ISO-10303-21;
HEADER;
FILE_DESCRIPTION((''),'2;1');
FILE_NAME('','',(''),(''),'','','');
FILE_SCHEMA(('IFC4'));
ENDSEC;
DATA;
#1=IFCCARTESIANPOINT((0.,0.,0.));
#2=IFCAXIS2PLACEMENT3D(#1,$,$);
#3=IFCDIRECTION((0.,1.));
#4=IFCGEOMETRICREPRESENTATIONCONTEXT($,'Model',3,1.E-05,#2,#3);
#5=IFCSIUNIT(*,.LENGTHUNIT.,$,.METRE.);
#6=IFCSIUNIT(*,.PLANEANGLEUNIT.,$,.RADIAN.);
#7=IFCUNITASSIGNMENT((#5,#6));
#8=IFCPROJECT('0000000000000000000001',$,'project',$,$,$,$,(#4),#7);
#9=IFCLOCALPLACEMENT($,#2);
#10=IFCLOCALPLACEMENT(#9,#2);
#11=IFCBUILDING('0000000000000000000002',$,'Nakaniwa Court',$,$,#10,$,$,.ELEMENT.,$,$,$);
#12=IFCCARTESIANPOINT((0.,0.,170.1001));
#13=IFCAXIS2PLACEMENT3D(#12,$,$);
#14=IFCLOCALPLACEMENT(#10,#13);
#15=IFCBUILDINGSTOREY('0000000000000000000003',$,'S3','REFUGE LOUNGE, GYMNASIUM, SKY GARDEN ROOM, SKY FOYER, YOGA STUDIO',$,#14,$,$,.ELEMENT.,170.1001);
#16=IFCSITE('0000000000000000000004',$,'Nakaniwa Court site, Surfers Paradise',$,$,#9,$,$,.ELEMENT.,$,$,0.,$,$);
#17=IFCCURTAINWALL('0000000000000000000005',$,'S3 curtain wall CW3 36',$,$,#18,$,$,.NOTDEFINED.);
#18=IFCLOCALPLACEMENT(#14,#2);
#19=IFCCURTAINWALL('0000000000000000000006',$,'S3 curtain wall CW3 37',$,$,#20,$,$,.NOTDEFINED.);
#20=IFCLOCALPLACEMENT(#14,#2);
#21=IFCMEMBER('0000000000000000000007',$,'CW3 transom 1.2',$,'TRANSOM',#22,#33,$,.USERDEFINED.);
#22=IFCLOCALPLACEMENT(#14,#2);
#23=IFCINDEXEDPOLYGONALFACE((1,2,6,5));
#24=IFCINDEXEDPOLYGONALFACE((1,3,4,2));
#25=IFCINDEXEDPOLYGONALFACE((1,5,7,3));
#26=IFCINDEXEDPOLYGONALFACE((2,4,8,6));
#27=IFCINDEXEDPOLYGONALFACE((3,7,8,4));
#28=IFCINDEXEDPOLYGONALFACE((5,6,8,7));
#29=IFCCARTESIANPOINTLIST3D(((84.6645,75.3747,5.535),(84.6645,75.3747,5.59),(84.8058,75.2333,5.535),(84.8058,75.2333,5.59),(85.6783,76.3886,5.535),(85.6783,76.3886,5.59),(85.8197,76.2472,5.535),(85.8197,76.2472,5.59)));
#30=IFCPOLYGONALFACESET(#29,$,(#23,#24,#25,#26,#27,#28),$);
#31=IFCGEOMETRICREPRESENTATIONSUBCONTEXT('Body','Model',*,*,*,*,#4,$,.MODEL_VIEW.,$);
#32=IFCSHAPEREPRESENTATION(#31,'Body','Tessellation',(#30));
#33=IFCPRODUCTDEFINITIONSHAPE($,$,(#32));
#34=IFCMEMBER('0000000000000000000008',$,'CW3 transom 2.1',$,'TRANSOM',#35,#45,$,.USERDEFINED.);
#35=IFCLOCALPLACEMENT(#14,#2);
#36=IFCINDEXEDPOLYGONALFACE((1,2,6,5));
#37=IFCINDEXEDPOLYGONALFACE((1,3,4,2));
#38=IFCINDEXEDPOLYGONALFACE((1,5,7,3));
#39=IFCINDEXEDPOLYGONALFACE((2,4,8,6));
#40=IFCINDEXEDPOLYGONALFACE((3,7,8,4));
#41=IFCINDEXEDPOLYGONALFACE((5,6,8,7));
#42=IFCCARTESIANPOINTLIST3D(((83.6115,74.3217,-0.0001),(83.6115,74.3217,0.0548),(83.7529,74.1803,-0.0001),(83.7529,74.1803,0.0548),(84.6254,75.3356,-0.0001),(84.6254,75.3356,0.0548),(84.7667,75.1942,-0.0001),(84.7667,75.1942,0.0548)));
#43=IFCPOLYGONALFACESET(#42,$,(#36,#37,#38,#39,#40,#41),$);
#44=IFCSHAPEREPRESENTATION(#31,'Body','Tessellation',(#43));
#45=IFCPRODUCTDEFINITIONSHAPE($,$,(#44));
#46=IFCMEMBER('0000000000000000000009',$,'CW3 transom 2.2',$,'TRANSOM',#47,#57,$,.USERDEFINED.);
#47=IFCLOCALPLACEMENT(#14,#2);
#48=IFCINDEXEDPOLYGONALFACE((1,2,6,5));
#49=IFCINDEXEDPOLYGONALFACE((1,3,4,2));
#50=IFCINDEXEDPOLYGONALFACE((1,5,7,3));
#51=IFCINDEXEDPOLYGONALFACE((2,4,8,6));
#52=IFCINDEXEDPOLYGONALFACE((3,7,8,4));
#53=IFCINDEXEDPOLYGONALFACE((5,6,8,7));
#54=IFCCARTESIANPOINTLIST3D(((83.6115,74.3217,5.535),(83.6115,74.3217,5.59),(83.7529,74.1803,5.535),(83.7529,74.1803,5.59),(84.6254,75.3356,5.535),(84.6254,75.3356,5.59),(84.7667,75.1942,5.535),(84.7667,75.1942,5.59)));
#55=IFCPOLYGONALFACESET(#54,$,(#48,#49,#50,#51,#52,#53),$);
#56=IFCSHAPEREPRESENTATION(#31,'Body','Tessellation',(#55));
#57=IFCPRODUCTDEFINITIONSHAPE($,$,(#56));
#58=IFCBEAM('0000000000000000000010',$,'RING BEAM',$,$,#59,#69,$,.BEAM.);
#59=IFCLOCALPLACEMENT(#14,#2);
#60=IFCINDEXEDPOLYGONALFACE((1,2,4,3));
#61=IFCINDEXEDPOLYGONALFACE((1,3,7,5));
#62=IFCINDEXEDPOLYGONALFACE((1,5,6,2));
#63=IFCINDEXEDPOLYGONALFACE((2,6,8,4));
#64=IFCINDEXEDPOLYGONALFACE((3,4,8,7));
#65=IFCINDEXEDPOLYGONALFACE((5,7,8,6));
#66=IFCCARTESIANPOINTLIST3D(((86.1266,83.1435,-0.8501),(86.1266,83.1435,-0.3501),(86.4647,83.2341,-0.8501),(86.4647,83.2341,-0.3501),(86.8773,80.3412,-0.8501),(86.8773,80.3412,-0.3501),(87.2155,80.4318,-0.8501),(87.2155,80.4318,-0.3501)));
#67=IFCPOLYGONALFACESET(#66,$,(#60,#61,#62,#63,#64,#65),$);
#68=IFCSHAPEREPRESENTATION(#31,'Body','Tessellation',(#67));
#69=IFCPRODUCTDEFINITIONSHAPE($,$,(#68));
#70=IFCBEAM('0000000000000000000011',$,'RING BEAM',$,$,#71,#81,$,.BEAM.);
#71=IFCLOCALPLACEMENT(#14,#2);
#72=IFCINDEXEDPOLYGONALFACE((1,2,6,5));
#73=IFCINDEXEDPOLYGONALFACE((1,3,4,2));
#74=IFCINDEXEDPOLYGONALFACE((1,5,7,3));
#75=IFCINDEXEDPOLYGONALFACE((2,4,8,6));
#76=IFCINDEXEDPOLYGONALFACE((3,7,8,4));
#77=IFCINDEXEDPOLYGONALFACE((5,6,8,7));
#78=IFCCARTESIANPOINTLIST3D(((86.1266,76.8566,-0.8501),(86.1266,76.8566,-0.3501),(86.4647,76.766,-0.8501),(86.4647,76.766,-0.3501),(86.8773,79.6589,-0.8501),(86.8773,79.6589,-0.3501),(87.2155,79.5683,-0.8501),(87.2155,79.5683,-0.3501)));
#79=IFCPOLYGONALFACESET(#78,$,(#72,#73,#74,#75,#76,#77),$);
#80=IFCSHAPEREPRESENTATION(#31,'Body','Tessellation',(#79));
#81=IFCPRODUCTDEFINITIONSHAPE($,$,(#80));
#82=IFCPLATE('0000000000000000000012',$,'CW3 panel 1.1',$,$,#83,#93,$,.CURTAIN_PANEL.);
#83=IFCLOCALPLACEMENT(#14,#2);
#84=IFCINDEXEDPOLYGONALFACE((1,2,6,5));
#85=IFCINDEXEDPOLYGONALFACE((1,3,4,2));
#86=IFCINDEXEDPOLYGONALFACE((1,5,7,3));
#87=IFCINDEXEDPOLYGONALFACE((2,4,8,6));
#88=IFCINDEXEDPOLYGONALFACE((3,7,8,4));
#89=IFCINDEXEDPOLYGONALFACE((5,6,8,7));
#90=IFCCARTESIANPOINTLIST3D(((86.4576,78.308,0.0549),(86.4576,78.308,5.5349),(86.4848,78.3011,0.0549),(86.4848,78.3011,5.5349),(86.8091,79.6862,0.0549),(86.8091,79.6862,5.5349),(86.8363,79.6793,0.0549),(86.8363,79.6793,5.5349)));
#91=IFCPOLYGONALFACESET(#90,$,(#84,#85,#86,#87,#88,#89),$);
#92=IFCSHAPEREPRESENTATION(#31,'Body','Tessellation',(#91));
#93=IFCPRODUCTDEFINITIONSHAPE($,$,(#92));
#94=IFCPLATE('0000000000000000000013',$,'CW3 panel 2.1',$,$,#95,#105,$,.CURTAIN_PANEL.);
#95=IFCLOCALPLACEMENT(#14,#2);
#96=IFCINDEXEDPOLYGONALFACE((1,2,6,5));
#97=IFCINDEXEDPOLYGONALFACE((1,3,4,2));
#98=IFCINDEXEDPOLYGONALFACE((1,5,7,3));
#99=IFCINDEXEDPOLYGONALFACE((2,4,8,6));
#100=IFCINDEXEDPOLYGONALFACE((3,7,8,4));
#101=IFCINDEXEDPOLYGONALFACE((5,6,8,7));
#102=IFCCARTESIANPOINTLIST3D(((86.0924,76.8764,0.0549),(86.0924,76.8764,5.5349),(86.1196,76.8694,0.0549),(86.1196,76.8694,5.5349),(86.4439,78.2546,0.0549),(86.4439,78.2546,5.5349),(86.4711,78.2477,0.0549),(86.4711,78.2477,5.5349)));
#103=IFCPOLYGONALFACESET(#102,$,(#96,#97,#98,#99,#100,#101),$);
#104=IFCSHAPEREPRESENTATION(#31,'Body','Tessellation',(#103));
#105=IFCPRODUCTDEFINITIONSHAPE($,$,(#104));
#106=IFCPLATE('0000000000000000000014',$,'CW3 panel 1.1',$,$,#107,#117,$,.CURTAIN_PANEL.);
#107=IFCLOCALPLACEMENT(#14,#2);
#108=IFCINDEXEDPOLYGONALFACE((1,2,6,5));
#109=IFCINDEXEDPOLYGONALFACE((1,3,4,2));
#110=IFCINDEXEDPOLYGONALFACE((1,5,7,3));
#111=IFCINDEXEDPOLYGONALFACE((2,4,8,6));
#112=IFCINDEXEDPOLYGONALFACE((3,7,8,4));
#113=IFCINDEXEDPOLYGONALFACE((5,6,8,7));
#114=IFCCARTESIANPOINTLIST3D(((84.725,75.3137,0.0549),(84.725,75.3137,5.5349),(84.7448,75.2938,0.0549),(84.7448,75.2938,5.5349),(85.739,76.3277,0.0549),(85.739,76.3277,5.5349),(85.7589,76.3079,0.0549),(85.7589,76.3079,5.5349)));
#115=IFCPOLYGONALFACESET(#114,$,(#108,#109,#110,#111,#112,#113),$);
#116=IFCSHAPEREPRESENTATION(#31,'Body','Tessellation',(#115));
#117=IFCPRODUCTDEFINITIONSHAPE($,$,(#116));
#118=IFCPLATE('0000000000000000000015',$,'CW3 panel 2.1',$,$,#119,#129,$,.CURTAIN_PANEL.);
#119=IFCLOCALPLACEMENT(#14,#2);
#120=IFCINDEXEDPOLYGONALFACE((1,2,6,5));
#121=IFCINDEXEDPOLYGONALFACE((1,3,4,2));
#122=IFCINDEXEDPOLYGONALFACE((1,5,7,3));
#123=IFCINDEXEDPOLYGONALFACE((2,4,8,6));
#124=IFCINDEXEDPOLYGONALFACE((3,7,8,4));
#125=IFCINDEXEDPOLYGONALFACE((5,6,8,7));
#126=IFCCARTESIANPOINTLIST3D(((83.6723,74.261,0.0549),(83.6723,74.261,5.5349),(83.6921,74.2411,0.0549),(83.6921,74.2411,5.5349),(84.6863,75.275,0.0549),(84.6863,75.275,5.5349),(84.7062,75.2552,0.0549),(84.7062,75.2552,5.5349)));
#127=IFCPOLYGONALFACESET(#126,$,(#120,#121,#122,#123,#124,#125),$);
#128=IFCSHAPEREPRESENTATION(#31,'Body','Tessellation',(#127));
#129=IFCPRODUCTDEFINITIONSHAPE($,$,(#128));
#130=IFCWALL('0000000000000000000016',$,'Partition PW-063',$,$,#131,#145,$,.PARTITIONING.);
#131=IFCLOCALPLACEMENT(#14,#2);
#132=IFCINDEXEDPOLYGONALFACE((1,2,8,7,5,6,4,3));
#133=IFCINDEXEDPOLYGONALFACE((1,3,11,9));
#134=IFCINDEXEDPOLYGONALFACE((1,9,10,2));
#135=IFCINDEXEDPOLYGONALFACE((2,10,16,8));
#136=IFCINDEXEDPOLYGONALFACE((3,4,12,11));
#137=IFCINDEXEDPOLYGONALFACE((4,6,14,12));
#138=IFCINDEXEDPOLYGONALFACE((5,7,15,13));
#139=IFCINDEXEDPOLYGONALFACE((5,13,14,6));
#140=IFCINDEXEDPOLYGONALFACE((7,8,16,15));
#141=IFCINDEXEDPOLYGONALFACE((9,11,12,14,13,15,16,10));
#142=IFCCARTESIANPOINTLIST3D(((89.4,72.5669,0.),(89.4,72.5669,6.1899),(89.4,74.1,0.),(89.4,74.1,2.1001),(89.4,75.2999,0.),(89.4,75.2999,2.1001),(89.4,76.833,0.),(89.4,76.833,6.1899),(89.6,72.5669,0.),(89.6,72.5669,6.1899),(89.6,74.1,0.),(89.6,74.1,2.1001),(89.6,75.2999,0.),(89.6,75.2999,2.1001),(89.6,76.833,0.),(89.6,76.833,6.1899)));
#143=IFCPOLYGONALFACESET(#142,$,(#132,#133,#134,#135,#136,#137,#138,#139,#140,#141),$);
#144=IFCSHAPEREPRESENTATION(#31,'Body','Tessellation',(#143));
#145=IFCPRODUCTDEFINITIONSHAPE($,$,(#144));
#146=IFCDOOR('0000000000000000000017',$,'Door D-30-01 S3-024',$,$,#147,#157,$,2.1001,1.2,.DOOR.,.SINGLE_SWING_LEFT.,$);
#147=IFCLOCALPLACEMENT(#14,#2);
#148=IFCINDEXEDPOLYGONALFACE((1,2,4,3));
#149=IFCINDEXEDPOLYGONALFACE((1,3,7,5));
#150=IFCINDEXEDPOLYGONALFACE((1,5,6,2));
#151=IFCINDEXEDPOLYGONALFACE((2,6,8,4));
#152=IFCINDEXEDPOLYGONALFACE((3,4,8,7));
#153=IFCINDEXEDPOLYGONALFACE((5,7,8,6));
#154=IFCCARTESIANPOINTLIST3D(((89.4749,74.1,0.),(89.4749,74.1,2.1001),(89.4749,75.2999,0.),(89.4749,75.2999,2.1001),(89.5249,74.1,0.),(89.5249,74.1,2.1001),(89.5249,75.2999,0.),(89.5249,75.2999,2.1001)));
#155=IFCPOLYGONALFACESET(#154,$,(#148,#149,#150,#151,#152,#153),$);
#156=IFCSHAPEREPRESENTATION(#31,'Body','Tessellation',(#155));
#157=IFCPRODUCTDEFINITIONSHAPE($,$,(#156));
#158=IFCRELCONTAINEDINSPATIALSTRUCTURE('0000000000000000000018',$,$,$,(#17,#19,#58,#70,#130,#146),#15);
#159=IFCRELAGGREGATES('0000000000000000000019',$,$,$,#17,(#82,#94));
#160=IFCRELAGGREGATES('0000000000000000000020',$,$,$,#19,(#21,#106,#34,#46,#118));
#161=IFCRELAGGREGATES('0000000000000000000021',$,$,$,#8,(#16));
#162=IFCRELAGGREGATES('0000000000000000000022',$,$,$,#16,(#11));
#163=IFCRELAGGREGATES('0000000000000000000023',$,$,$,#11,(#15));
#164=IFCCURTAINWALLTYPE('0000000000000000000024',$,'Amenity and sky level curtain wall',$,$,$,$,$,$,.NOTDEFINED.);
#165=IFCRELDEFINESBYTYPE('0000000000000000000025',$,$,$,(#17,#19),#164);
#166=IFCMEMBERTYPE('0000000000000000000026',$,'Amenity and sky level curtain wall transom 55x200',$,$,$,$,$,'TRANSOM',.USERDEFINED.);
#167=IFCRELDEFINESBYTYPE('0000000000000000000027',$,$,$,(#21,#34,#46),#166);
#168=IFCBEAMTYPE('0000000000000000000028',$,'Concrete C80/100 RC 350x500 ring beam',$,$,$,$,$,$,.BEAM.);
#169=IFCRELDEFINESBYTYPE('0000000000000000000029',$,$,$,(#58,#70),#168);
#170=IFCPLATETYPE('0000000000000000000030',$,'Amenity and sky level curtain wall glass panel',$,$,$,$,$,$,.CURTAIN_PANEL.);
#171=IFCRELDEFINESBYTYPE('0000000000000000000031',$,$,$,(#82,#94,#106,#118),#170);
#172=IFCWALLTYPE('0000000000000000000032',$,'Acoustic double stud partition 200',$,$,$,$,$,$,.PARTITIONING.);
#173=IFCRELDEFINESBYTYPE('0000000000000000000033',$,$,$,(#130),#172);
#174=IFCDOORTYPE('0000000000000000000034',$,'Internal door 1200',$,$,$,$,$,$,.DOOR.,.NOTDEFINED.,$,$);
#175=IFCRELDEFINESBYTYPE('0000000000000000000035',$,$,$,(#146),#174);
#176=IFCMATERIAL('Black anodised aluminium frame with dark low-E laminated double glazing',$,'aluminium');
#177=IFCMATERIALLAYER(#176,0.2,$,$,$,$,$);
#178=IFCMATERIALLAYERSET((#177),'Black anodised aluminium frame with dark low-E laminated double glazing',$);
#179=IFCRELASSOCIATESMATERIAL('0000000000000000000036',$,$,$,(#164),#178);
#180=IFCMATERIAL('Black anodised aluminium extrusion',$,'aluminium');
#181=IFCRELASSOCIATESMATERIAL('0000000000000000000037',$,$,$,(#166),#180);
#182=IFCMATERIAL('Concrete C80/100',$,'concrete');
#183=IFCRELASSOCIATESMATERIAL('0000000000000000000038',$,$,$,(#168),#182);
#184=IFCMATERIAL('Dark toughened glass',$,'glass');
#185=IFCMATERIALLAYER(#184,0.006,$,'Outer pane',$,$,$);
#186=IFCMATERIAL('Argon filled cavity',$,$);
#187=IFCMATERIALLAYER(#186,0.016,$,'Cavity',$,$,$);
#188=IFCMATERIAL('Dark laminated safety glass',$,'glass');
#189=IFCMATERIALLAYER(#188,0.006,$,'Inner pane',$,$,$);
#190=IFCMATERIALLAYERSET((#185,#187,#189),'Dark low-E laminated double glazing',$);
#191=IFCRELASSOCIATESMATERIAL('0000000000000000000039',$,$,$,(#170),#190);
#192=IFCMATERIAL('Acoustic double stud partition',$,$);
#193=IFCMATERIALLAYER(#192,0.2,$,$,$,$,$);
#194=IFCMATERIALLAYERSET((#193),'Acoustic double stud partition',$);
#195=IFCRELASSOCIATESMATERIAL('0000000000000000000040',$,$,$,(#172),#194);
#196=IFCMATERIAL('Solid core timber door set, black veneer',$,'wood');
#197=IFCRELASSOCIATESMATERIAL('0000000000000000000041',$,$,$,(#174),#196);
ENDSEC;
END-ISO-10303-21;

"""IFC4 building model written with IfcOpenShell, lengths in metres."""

from ifc_helpers import new_model, si_unit, direction, frame, frame_2d, origin, origin_2d, place, context, subcontext, project, spatial, rectangle, extrude, material, layer, layer_set, material_profile, profile_set, type_object, element, fill, aggregate, save


model = new_model("IFC4")

# Units and contexts
model_context = context("Model", 3, precision=1e-05, world=origin(), true_north=direction((0.0, 1.0)))
body_context = subcontext(model_context, "Body", "Model", "MODEL_VIEW")
ifc_project = project(units=[si_unit("LENGTHUNIT", "METRE"), si_unit("PLANEANGLEUNIT", "RADIAN")], contexts=[model_context])

# Site, building, storey
site_placement = place(None, origin())
site = spatial("IfcSite", under=ifc_project, at=site_placement, Name="Nakaniwa Court site, Surfers Paradise", CompositionType="ELEMENT", RefElevation=0.0)
building_placement = place(site_placement, origin())
building = spatial("IfcBuilding", under=site, at=building_placement, Name="Nakaniwa Court", CompositionType="ELEMENT")
storey_placement = place(building_placement, frame((0.0, 0.0, 170.1001)))
storey = spatial("IfcBuildingStorey", under=building, at=storey_placement, Name="S3", Description="REFUGE LOUNGE, GYMNASIUM, SKY GARDEN ROOM, SKY FOYER, YOGA STUDIO", CompositionType="ELEMENT", Elevation=170.1001)

# Shared definitions
ifc_material_1 = material(Name="Concrete C80/100", Category="concrete")

# Curtain walls
ifc_material_2 = material(Name="Black anodised aluminium frame with dark low-E laminated double glazing", Category="aluminium")
ifc_layer_1 = layer(ifc_material_2, 0.2)
ifc_layer_set_1 = layer_set([ifc_layer_1], Name="Black anodised aluminium frame with dark low-E laminated double glazing")
curtain_wall_type = type_object("IfcCurtainWallType", Name="Amenity and sky level curtain wall", PredefinedType="NOTDEFINED", material=ifc_layer_set_1)
curtain_wall_1_placement = place(storey_placement, origin())
curtain_wall_1 = element("IfcCurtainWall", 1, at=curtain_wall_1_placement, inside=storey, type_object=curtain_wall_type, Name="S3 curtain wall CW3 36", PredefinedType="NOTDEFINED")
ifc_material_3 = material(Name="Black anodised aluminium extrusion", Category="aluminium")
curtain_wall_2_placement = place(storey_placement, origin())
curtain_wall_2 = element("IfcCurtainWall", 2, at=curtain_wall_2_placement, inside=storey, type_object=curtain_wall_type, Name="S3 curtain wall CW3 37", PredefinedType="NOTDEFINED")

# Members
ifc_material_profile_1 = material_profile(ifc_material_3, rectangle(XDim=0.2, YDim=0.0549, at=origin_2d()), Name="Amenity and sky level curtain wall transom 55x200")
ifc_profile_set_1 = profile_set([ifc_material_profile_1], Name="Black anodised aluminium extrusion")
member_type_1 = type_object("IfcMemberType", Name="Amenity and sky level curtain wall transom 55x200", ElementType="TRANSOM", PredefinedType="USERDEFINED", material=ifc_profile_set_1)
member_1_placement = place(storey_placement, frame((85.749, 76.3179, 5.5625), z_axis=(-0.707107, -0.707107, 0.0), x_axis=(0.707107, -0.707107, 0.0)))
member_1 = element("IfcMember", 3, at=member_1_placement, type_object=member_type_1, Name="CW3 transom 1.2", ObjectType="TRANSOM", PredefinedType="USERDEFINED", context=body_context, shape_type="SweptSolid", body=[
    extrude(rectangle(XDim=0.2, YDim=0.0549, at=origin_2d()), origin(), (0.0, 0.0, 1.0), 1.4338),
])
member_2_placement = place(storey_placement, frame((84.696, 75.2649, 0.0273), z_axis=(-0.707107, -0.707107, 0.0), x_axis=(0.707107, -0.707107, 0.0)))
member_2 = element("IfcMember", 4, at=member_2_placement, type_object=member_type_1, Name="CW3 transom 2.1", ObjectType="TRANSOM", PredefinedType="USERDEFINED", context=body_context, shape_type="SweptSolid", body=[
    extrude(rectangle(XDim=0.2, YDim=0.0549, at=origin_2d()), origin(), (0.0, 0.0, 1.0), 1.4338),
])
member_3_placement = place(storey_placement, frame((84.696, 75.2649, 5.5625), z_axis=(-0.707107, -0.707107, 0.0), x_axis=(0.707107, -0.707107, 0.0)))
member_3 = element("IfcMember", 5, at=member_3_placement, type_object=member_type_1, Name="CW3 transom 2.2", ObjectType="TRANSOM", PredefinedType="USERDEFINED", context=body_context, shape_type="SweptSolid", body=[
    extrude(rectangle(XDim=0.2, YDim=0.0549, at=origin_2d()), origin(), (0.0, 0.0, 1.0), 1.4338),
])

# Beams
ifc_material_profile_2 = material_profile(ifc_material_1, rectangle(XDim=0.3501, YDim=0.5, at=origin_2d()), Name="Concrete C80/100 RC 350x500 ring beam")
ifc_profile_set_2 = profile_set([ifc_material_profile_2], Name="Concrete C80/100")
beam_type = type_object("IfcBeamType", Name="Concrete C80/100 RC 350x500 ring beam", PredefinedType="BEAM", material=ifc_profile_set_2)
for number, where, z_axis, x_axis, name in (
    (6, (87.0464, 80.3865, -0.6001), (-0.258778, 0.965937, 0.0), (-0.965937, -0.258778, 0.0), "RING BEAM"),
    (7, (86.2957, 76.8113, -0.6001), (0.258778, 0.965937, 0.0), (-0.965937, 0.258778, 0.0), "RING BEAM"),
):
    element("IfcBeam", number, at=place(storey_placement, frame(where, z_axis=z_axis, x_axis=x_axis)), inside=storey, type_object=beam_type, Name=name, PredefinedType="BEAM", context=body_context, shape_type="SweptSolid", body=[
        extrude(rectangle(XDim=0.3501, YDim=0.5, at=origin_2d()), origin(), (0.0, 0.0, 1.0), 2.9011),
    ])

# Plates
ifc_material_4 = material(Name="Dark toughened glass", Category="glass")
ifc_layer_2 = layer(ifc_material_4, 0.006, Name="Outer pane")
ifc_material_5 = material(Name="Argon filled cavity")
ifc_layer_3 = layer(ifc_material_5, 0.016, Name="Cavity")
ifc_material_6 = material(Name="Dark laminated safety glass", Category="glass")
ifc_layer_4 = layer(ifc_material_6, 0.006, Name="Inner pane")
ifc_layer_set_2 = layer_set([ifc_layer_2, ifc_layer_3, ifc_layer_4], Name="Dark low-E laminated double glazing")
plate_type = type_object("IfcPlateType", Name="Amenity and sky level curtain wall glass panel", PredefinedType="CURTAIN_PANEL", material=ifc_layer_set_2)
plate_1_placement = place(storey_placement, frame((86.647, 78.9937, 0.0549), z_axis=(0.0, 0.0, 1.0), x_axis=(-0.247114, -0.968986, 0.0)))
plate_1 = element("IfcPlate", 8, at=plate_1_placement, type_object=plate_type, Name="CW3 panel 1.1", PredefinedType="CURTAIN_PANEL", context=body_context, shape_type="SweptSolid", body=[
    extrude(rectangle(XDim=1.4224, YDim=0.0281, at=origin_2d()), origin(), (0.0, 0.0, 1.0), 5.48),
])
plate_2_placement = place(storey_placement, frame((86.2817, 77.562, 0.0549), z_axis=(0.0, 0.0, 1.0), x_axis=(-0.247114, -0.968986, 0.0)))
plate_2 = element("IfcPlate", 9, at=plate_2_placement, type_object=plate_type, Name="CW3 panel 2.1", PredefinedType="CURTAIN_PANEL", context=body_context, shape_type="SweptSolid", body=[
    extrude(rectangle(XDim=1.4224, YDim=0.0281, at=origin_2d()), origin(), (0.0, 0.0, 1.0), 5.48),
])
aggregate(curtain_wall_1, [plate_1, plate_2])
plate_3_placement = place(storey_placement, frame((85.2419, 75.8108, 0.0549), z_axis=(0.0, 0.0, 1.0), x_axis=(-0.707107, -0.707107, 0.0)))
plate_3 = element("IfcPlate", 10, at=plate_3_placement, type_object=plate_type, Name="CW3 panel 1.1", PredefinedType="CURTAIN_PANEL", context=body_context, shape_type="SweptSolid", body=[
    extrude(rectangle(XDim=1.4341, YDim=0.0281, at=origin_2d()), origin(), (0.0, 0.0, 1.0), 5.48),
])
plate_4_placement = place(storey_placement, frame((84.1892, 74.7581, 0.0549), z_axis=(0.0, 0.0, 1.0), x_axis=(-0.707107, -0.707107, 0.0)))
plate_4 = element("IfcPlate", 11, at=plate_4_placement, type_object=plate_type, Name="CW3 panel 2.1", PredefinedType="CURTAIN_PANEL", context=body_context, shape_type="SweptSolid", body=[
    extrude(rectangle(XDim=1.4341, YDim=0.0281, at=origin_2d()), origin(), (0.0, 0.0, 1.0), 5.48),
])
aggregate(curtain_wall_2, [member_1, plate_3, member_2, member_3, plate_4])

# Wall, opening, door
ifc_material_7 = material(Name="Acoustic double stud partition")
ifc_layer_5 = layer(ifc_material_7, 0.2)
ifc_layer_set_3 = layer_set([ifc_layer_5], Name="Acoustic double stud partition")
wall_type = type_object("IfcWallType", Name="Acoustic double stud partition 200", PredefinedType="PARTITIONING", material=ifc_layer_set_3)
wall_placement = place(storey_placement, frame((89.5, 76.833, 0.0), z_axis=(0.0, 0.0, 1.0), x_axis=(0.0, -1.0, 0.0)))
wall = element("IfcWall", 12, at=wall_placement, inside=storey, type_object=wall_type, Name="Partition PW-063", PredefinedType="PARTITIONING", context=body_context, shape_type="SweptSolid", body=[
    extrude(rectangle(XDim=4.2661, YDim=0.2, at=frame_2d((2.1331, 0.0))), origin(), (0.0, 0.0, 1.0), 6.1899),
])
opening_placement = place(wall_placement, frame((1.533, 0.0, 0.0)))
opening = element("IfcOpeningElement", 13, at=opening_placement, cuts=wall, PredefinedType="OPENING", context=body_context, shape_type="SweptSolid", body=[
    extrude(rectangle(XDim=1.2, YDim=2.1001, at=frame_2d((0.6001, 1.05))), frame((0.0, 0.1099, 0.0), z_axis=(0.0, -1.0, 0.0), x_axis=(1.0, 0.0, 0.0)), (0.0, 0.0, 1.0), 0.22),
])
ifc_material_8 = material(Name="Solid core timber door set, black veneer", Category="wood")
door_type = type_object("IfcDoorType", Name="Internal door 1200", OperationType="NOTDEFINED", PredefinedType="DOOR", material=ifc_material_8)
door_placement = place(opening_placement, origin())
door = element("IfcDoor", 14, at=door_placement, inside=storey, type_object=door_type, Name="Door D-30-01 S3-024", OperationType="SINGLE_SWING_LEFT", OverallHeight=2.1001, OverallWidth=1.2, PredefinedType="DOOR", context=body_context, shape_type="SweptSolid", body=[
    extrude(rectangle(XDim=1.2, YDim=2.1001, at=frame_2d((0.6001, 1.05))), frame((0.0, 0.0249, 0.0), z_axis=(0.0, -1.0, 0.0), x_axis=(1.0, 0.0, 0.0)), (0.0, 0.0, 1.0), 0.05),
])
fill(opening, door)

save(model, "model.ifc")
